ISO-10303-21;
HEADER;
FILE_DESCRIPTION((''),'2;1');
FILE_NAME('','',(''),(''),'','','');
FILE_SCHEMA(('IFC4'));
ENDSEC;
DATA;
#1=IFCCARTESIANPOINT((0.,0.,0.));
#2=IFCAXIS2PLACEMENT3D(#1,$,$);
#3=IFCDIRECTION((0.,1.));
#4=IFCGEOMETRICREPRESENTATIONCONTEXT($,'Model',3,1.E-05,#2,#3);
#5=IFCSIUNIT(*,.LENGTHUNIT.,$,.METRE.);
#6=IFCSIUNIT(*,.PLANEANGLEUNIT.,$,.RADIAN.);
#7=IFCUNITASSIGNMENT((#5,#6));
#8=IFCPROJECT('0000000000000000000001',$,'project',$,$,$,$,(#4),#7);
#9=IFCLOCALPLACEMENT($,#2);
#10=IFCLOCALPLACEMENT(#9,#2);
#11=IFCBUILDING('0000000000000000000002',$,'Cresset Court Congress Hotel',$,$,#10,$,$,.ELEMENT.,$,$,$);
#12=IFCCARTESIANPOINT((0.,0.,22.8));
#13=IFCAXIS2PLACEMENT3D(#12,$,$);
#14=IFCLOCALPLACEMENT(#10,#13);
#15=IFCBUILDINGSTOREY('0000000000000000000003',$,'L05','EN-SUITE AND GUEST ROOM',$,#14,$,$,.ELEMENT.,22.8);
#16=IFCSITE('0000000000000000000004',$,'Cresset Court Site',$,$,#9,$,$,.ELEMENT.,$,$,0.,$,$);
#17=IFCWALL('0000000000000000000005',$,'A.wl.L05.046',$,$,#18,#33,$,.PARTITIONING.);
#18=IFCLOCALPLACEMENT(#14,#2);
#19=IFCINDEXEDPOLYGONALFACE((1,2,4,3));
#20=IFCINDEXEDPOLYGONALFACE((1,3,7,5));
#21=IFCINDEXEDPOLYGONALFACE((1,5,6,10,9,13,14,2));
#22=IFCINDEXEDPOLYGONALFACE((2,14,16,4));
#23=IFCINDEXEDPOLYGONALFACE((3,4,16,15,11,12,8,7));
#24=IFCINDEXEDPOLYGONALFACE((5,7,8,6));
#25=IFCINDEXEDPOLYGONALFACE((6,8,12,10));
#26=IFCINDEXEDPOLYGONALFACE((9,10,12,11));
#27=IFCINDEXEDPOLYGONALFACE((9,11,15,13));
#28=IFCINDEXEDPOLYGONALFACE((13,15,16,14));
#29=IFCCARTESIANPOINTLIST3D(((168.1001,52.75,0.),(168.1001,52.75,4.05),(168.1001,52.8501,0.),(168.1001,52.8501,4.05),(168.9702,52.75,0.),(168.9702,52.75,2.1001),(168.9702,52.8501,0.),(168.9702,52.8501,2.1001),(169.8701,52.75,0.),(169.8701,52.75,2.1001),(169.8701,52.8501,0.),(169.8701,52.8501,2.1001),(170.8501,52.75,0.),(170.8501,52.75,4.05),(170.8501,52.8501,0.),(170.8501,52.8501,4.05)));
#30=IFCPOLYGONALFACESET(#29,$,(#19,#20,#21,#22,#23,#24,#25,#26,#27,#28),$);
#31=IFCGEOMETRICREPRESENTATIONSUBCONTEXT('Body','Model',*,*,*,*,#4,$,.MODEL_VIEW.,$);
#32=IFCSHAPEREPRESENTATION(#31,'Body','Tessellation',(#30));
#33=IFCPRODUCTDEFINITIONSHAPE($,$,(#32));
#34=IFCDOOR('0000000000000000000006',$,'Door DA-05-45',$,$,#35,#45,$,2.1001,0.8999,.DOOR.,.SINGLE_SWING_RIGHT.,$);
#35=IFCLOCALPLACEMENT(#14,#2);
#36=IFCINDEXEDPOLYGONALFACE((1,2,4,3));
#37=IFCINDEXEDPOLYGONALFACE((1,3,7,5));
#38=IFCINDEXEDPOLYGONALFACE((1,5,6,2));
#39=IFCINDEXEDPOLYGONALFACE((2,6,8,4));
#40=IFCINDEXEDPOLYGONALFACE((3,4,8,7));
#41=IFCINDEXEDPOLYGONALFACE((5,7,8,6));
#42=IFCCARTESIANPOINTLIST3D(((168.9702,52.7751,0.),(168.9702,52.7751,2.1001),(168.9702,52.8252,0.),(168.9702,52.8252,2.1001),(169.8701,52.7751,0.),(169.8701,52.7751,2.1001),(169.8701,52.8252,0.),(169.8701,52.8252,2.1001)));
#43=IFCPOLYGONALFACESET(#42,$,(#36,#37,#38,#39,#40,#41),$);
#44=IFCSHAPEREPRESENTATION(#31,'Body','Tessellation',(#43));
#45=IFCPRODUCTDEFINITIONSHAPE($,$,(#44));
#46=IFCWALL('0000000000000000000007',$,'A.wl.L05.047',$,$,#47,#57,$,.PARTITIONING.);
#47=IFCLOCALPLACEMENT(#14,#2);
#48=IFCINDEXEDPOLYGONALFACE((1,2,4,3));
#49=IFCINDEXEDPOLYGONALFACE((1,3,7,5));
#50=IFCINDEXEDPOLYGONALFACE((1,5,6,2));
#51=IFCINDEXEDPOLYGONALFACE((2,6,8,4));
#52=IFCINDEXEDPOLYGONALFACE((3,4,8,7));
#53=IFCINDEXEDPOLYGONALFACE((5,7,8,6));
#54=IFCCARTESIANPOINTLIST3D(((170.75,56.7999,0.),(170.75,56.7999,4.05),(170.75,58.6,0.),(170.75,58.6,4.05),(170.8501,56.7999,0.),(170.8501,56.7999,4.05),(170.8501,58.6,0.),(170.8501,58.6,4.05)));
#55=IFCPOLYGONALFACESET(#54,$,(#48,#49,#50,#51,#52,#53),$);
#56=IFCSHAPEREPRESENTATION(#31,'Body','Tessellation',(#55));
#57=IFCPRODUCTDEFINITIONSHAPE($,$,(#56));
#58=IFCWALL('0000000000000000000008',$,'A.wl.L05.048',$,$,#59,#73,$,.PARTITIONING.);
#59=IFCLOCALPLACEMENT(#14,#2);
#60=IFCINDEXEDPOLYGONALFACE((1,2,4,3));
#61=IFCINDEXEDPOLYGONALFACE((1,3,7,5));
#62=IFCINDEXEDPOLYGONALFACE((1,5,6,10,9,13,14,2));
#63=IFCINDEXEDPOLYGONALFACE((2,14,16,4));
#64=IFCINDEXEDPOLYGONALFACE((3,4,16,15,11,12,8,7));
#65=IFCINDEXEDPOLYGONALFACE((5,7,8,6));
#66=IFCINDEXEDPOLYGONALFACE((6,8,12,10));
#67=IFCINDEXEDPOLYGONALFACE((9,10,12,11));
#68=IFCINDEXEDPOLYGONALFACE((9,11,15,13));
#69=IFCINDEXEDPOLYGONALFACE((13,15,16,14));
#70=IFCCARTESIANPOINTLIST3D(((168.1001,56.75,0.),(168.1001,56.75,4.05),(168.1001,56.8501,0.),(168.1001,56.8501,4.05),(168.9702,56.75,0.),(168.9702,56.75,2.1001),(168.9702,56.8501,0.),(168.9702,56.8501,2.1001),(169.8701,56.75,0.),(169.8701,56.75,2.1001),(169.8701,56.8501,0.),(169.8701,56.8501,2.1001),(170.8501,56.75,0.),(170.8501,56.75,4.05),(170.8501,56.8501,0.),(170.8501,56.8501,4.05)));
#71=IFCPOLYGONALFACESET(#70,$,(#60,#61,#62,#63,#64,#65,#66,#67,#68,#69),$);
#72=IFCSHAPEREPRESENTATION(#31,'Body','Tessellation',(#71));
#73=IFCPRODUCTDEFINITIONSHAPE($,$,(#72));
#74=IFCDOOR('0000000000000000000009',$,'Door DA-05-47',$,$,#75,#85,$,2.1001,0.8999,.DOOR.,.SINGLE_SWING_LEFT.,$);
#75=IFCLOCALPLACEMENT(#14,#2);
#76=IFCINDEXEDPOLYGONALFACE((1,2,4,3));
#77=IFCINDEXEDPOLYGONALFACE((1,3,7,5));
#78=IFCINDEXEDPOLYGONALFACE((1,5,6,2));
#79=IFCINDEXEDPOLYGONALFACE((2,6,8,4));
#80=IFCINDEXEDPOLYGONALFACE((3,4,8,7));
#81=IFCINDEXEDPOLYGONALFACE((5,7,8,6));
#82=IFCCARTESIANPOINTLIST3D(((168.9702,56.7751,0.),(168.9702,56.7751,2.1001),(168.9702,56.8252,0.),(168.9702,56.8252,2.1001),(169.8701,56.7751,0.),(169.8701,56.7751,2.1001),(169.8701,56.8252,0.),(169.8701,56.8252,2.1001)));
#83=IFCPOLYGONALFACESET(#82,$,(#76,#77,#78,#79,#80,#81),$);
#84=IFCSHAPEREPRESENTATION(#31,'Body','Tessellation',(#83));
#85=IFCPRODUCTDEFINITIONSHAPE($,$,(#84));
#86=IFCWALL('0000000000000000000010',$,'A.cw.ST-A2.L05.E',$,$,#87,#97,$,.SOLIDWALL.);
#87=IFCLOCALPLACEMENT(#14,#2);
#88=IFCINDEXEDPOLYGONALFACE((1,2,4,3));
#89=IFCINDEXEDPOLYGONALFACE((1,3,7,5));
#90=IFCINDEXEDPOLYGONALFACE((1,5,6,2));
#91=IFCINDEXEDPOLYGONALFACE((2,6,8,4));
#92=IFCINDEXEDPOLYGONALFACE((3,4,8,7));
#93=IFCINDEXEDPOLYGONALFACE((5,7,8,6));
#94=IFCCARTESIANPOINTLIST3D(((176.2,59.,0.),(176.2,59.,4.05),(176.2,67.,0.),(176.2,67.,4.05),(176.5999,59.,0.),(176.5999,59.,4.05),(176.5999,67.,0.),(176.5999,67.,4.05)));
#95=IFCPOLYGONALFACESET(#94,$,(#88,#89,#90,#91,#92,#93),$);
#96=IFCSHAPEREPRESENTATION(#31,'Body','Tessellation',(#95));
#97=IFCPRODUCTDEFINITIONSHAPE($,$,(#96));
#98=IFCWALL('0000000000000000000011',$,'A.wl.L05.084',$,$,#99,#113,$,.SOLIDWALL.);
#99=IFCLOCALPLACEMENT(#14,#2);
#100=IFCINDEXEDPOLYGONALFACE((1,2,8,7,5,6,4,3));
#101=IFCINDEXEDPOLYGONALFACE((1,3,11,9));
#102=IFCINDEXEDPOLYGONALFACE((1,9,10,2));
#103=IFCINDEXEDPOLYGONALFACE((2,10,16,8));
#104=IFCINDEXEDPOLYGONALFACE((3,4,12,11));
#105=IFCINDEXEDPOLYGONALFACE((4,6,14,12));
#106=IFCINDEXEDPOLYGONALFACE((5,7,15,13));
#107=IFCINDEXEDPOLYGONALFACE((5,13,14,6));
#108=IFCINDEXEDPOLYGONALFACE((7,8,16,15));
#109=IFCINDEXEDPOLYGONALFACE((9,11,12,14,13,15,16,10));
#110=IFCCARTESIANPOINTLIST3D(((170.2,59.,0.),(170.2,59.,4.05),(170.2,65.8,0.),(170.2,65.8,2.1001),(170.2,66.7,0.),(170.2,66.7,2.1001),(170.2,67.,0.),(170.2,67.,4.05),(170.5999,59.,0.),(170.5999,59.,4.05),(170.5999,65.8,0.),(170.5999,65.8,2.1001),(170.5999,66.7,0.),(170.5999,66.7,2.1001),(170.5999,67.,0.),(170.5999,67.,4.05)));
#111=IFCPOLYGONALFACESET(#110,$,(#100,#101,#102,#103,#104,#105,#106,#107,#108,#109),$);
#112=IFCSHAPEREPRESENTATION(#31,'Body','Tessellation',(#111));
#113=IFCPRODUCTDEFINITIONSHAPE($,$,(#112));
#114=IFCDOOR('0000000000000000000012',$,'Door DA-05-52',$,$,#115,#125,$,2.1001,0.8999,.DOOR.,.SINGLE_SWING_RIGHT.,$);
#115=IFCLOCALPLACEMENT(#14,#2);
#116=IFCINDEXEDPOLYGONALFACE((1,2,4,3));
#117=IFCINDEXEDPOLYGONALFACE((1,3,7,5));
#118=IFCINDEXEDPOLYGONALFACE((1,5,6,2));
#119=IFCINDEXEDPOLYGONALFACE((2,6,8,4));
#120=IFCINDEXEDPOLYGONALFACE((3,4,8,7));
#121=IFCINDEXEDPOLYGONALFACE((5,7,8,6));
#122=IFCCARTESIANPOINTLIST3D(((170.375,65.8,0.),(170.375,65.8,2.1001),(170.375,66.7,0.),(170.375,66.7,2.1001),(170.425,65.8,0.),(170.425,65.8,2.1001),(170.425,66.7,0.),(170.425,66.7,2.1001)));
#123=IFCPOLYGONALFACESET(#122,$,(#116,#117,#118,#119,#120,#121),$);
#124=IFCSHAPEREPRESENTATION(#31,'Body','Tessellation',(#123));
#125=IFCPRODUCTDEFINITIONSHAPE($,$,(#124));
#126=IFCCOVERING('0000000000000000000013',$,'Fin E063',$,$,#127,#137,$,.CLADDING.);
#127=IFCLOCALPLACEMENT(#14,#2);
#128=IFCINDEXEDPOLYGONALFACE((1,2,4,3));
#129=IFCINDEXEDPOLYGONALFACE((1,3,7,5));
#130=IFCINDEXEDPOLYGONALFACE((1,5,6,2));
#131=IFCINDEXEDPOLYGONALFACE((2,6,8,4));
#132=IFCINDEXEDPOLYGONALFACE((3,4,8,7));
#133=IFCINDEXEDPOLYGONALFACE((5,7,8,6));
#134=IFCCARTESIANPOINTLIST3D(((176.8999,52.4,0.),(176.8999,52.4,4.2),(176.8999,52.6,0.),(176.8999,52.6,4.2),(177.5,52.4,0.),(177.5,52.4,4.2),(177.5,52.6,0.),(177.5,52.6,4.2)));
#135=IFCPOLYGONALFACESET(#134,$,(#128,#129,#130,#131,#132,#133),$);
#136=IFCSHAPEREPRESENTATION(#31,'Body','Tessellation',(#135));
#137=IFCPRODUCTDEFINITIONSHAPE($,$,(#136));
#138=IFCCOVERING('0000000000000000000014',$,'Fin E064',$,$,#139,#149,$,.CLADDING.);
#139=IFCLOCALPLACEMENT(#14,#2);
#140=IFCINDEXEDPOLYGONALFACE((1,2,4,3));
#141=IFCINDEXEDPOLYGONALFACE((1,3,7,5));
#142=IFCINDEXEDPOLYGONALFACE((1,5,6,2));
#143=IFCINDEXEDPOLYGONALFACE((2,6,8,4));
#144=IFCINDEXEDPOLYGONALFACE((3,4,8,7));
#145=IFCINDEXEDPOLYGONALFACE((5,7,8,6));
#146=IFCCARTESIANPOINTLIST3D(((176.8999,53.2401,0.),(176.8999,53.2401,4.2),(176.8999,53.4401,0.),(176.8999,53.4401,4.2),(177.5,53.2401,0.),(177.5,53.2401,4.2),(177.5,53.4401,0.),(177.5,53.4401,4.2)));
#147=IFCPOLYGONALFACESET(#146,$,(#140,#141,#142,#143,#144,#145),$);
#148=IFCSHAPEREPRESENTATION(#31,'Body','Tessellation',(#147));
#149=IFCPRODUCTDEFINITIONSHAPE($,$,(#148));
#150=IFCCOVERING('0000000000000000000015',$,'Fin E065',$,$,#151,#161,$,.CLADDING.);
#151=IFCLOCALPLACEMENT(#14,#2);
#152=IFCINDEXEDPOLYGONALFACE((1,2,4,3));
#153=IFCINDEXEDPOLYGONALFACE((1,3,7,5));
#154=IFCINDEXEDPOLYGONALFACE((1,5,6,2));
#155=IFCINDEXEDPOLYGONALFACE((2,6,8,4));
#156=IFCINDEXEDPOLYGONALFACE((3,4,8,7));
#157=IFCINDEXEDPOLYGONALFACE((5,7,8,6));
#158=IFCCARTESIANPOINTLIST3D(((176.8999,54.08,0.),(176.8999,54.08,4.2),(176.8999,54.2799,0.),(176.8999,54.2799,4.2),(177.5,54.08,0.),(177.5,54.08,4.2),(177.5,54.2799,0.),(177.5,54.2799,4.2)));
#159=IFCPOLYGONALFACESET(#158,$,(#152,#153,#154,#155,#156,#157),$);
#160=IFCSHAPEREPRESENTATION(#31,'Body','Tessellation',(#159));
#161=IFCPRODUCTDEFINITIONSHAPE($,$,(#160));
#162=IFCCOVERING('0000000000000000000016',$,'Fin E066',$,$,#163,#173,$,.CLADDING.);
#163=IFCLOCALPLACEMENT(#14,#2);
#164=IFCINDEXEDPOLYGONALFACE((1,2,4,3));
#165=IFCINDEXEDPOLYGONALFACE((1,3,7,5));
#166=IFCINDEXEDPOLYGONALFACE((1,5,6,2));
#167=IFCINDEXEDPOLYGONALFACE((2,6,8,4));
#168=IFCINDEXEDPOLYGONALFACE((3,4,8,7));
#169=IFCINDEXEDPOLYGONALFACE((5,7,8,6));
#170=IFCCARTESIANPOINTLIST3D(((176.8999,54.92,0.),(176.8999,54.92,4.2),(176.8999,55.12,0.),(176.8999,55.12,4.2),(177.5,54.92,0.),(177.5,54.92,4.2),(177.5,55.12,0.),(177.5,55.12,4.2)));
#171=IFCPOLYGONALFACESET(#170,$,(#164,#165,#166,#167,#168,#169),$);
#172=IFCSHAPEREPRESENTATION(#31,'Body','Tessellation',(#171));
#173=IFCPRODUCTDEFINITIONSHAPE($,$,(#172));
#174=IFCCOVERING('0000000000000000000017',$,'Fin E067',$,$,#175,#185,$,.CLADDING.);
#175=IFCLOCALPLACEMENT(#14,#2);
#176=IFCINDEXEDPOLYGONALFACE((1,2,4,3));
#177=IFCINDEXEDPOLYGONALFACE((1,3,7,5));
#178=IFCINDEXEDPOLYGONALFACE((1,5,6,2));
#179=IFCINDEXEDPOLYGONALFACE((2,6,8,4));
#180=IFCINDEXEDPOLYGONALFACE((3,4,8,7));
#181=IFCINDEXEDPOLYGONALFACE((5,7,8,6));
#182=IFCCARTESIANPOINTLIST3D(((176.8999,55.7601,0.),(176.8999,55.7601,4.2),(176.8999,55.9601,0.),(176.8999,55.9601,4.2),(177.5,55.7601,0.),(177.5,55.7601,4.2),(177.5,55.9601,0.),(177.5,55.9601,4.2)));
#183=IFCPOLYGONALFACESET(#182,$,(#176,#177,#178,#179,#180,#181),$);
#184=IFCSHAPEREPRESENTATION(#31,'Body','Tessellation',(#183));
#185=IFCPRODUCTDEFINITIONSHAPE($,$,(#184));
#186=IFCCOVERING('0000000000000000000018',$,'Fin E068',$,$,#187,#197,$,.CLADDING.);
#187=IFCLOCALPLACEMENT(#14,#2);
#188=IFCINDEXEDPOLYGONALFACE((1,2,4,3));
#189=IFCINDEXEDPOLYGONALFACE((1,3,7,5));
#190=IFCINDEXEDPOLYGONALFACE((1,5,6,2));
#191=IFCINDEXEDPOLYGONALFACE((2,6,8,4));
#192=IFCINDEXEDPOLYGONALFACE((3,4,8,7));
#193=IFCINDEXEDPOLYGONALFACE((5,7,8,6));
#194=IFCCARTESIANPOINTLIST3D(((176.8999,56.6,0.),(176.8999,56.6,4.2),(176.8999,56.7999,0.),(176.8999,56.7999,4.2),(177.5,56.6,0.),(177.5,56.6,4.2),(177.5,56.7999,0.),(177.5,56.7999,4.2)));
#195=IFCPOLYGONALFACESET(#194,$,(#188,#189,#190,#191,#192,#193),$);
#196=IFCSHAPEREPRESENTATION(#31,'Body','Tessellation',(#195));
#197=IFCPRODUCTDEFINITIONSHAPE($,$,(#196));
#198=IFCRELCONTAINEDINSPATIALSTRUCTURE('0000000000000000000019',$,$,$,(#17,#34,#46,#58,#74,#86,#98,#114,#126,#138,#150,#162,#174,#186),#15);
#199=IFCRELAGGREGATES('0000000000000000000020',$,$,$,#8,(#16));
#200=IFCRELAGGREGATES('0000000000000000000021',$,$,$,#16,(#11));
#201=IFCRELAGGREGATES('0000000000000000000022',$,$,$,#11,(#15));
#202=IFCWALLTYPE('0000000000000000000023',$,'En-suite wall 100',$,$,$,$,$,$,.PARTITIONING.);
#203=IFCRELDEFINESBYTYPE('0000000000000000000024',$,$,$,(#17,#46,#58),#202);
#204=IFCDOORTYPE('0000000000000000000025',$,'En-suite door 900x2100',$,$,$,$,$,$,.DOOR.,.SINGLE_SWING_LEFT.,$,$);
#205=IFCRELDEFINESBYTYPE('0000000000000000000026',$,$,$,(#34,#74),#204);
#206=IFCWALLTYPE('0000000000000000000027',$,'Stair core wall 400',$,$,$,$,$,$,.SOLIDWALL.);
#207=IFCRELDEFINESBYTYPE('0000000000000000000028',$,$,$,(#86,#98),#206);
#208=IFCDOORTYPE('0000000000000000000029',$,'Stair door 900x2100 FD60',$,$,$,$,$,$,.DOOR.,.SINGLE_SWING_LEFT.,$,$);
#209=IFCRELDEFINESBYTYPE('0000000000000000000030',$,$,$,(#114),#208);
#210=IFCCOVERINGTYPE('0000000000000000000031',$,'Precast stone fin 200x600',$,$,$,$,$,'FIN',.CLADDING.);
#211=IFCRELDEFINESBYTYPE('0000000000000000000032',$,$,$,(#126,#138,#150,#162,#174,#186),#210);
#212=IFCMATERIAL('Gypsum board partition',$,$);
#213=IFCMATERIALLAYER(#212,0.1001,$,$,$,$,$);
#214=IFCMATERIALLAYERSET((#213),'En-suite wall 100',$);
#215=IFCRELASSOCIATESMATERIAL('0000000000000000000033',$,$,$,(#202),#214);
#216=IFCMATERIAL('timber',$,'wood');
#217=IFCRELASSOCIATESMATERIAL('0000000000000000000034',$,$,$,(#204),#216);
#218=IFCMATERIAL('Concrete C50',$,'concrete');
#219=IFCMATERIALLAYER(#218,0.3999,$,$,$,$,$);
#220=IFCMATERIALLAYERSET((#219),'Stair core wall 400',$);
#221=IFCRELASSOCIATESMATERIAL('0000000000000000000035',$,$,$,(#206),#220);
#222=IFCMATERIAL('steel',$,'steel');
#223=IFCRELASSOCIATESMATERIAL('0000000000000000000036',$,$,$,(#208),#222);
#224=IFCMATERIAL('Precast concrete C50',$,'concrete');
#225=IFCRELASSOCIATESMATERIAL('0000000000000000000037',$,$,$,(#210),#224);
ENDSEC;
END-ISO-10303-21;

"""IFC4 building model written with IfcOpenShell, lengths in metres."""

from ifc_helpers import new_model, si_unit, direction, frame, frame_2d, origin, origin_2d, place, context, subcontext, project, spatial, rectangle, extrude, material, layer, layer_set, type_object, element, fill, save


model = new_model("IFC4")

# Units and contexts
model_context = context("Model", 3, precision=1e-05, world=origin(), true_north=direction((0.0, 1.0)))
body_context = subcontext(model_context, "Body", "Model", "MODEL_VIEW")
ifc_project = project(units=[si_unit("LENGTHUNIT", "METRE"), si_unit("PLANEANGLEUNIT", "RADIAN")], contexts=[model_context])

# Site, building, storey
site_placement = place(None, origin())
site = spatial("IfcSite", under=ifc_project, at=site_placement, Name="Cresset Court Site", CompositionType="ELEMENT", RefElevation=0.0)
building_placement = place(site_placement, origin())
building = spatial("IfcBuilding", under=site, at=building_placement, Name="Cresset Court Congress Hotel", CompositionType="ELEMENT")
storey_placement = place(building_placement, frame((0.0, 0.0, 22.8)))
storey = spatial("IfcBuildingStorey", under=building, at=storey_placement, Name="L05", Description="EN-SUITE AND GUEST ROOM", CompositionType="ELEMENT", Elevation=22.8)

# Wall, opening, door
ifc_material_1 = material(Name="Gypsum board partition")
ifc_layer_1 = layer(ifc_material_1, 0.1001)
ifc_layer_set_1 = layer_set([ifc_layer_1], Name="En-suite wall 100")
wall_type_1 = type_object("IfcWallType", Name="En-suite wall 100", PredefinedType="PARTITIONING", material=ifc_layer_set_1)
wall_1_placement = place(storey_placement, frame((170.8501, 52.8, 0.0), z_axis=(0.0, 0.0, 1.0), x_axis=(-1.0, 0.0, 0.0)))
wall_1 = element("IfcWall", 1, at=wall_1_placement, inside=storey, type_object=wall_type_1, Name="A.wl.L05.046", PredefinedType="PARTITIONING", context=body_context, shape_type="SweptSolid", body=[
    extrude(rectangle(XDim=2.75, YDim=0.1001, at=frame_2d((1.375, 0.0))), origin(), (0.0, 0.0, 1.0), 4.05),
])
opening_1_placement = place(wall_1_placement, frame((0.98, 0.0, 0.0)))
opening_1 = element("IfcOpeningElement", 2, at=opening_1_placement, cuts=wall_1, PredefinedType="OPENING", context=body_context, shape_type="SweptSolid", body=[
    extrude(rectangle(XDim=0.8999, YDim=2.1001, at=frame_2d((0.45, 1.05))), frame((0.0, 0.0601, 0.0), z_axis=(0.0, -1.0, 0.0), x_axis=(1.0, 0.0, 0.0)), (0.0, 0.0, 1.0), 0.1201),
])
ifc_material_2 = material(Name="timber", Category="wood")
door_type_1 = type_object("IfcDoorType", Name="En-suite door 900x2100", OperationType="SINGLE_SWING_LEFT", PredefinedType="DOOR", material=ifc_material_2)
door_1_placement = place(opening_1_placement, origin())
door_1 = element("IfcDoor", 3, at=door_1_placement, inside=storey, type_object=door_type_1, Name="Door DA-05-45", OperationType="SINGLE_SWING_RIGHT", OverallHeight=2.1001, OverallWidth=0.8999, PredefinedType="DOOR", context=body_context, shape_type="SweptSolid", body=[
    extrude(rectangle(XDim=0.8999, YDim=2.1001, at=frame_2d((0.45, 1.05))), frame((0.0, 0.0249, 0.0), z_axis=(0.0, -1.0, 0.0), x_axis=(1.0, 0.0, 0.0)), (0.0, 0.0, 1.0), 0.05),
])
fill(opening_1, door_1)

# Wall
wall_2_placement = place(storey_placement, frame((170.8, 56.8, 0.0), z_axis=(0.0, 0.0, 1.0), x_axis=(0.0, 1.0, 0.0)))
element("IfcWall", 4, at=wall_2_placement, inside=storey, type_object=wall_type_1, Name="A.wl.L05.047", PredefinedType="PARTITIONING", context=body_context, shape_type="SweptSolid", body=[
    extrude(rectangle(XDim=1.8, YDim=0.1001, at=frame_2d((0.8999, 0.0))), origin(), (0.0, 0.0, 1.0), 4.05),
])

# Wall, opening, door
wall_3_placement = place(storey_placement, frame((170.8501, 56.8, 0.0), z_axis=(0.0, 0.0, 1.0), x_axis=(-1.0, 0.0, 0.0)))
wall_3 = element("IfcWall", 5, at=wall_3_placement, inside=storey, type_object=wall_type_1, Name="A.wl.L05.048", PredefinedType="PARTITIONING", context=body_context, shape_type="SweptSolid", body=[
    extrude(rectangle(XDim=2.75, YDim=0.1001, at=frame_2d((1.375, 0.0))), origin(), (0.0, 0.0, 1.0), 4.05),
])
opening_2_placement = place(wall_3_placement, frame((0.98, 0.0, 0.0)))
opening_2 = element("IfcOpeningElement", 6, at=opening_2_placement, cuts=wall_3, PredefinedType="OPENING", context=body_context, shape_type="SweptSolid", body=[
    extrude(rectangle(XDim=0.8999, YDim=2.1001, at=frame_2d((0.45, 1.05))), frame((0.0, 0.0601, 0.0), z_axis=(0.0, -1.0, 0.0), x_axis=(1.0, 0.0, 0.0)), (0.0, 0.0, 1.0), 0.1201),
])
door_2_placement = place(opening_2_placement, origin())
door_2 = element("IfcDoor", 7, at=door_2_placement, inside=storey, type_object=door_type_1, Name="Door DA-05-47", OperationType="SINGLE_SWING_LEFT", OverallHeight=2.1001, OverallWidth=0.8999, PredefinedType="DOOR", context=body_context, shape_type="SweptSolid", body=[
    extrude(rectangle(XDim=0.8999, YDim=2.1001, at=frame_2d((0.45, 1.05))), frame((0.0, 0.0249, 0.0), z_axis=(0.0, -1.0, 0.0), x_axis=(1.0, 0.0, 0.0)), (0.0, 0.0, 1.0), 0.05),
])
fill(opening_2, door_2)

# Wall
ifc_material_3 = material(Name="Concrete C50", Category="concrete")
ifc_layer_2 = layer(ifc_material_3, 0.3999)
ifc_layer_set_2 = layer_set([ifc_layer_2], Name="Stair core wall 400")
wall_type_2 = type_object("IfcWallType", Name="Stair core wall 400", PredefinedType="SOLIDWALL", material=ifc_layer_set_2)
wall_4_placement = place(storey_placement, frame((176.3999, 59.0, 0.0), z_axis=(0.0, 0.0, 1.0), x_axis=(0.0, 1.0, 0.0)))
element("IfcWall", 8, at=wall_4_placement, inside=storey, type_object=wall_type_2, Name="A.cw.ST-A2.L05.E", PredefinedType="SOLIDWALL", context=body_context, shape_type="SweptSolid", body=[
    extrude(rectangle(XDim=8.0, YDim=0.3999, at=frame_2d((4.0, 0.0))), origin(), (0.0, 0.0, 1.0), 4.05),
])

# Wall, opening, door
wall_5_placement = place(storey_placement, frame((170.3999, 59.0, 0.0), z_axis=(0.0, 0.0, 1.0), x_axis=(0.0, 1.0, 0.0)))
wall_5 = element("IfcWall", 9, at=wall_5_placement, inside=storey, type_object=wall_type_2, Name="A.wl.L05.084", PredefinedType="SOLIDWALL", context=body_context, shape_type="SweptSolid", body=[
    extrude(rectangle(XDim=8.0, YDim=0.3999, at=frame_2d((4.0, 0.0))), origin(), (0.0, 0.0, 1.0), 4.05),
])
opening_3_placement = place(wall_5_placement, frame((6.8, 0.0, 0.0)))
opening_3 = element("IfcOpeningElement", 10, at=opening_3_placement, cuts=wall_5, PredefinedType="OPENING", context=body_context, shape_type="SweptSolid", body=[
    extrude(rectangle(XDim=0.8999, YDim=2.1001, at=frame_2d((0.45, 1.05))), frame((0.0, 0.21, 0.0), z_axis=(0.0, -1.0, 0.0), x_axis=(1.0, 0.0, 0.0)), (0.0, 0.0, 1.0), 0.4199),
])
ifc_material_4 = material(Name="steel", Category="steel")
door_type_2 = type_object("IfcDoorType", Name="Stair door 900x2100 FD60", OperationType="SINGLE_SWING_LEFT", PredefinedType="DOOR", material=ifc_material_4)
door_3_placement = place(opening_3_placement, origin())
door_3 = element("IfcDoor", 11, at=door_3_placement, inside=storey, type_object=door_type_2, Name="Door DA-05-52", OperationType="SINGLE_SWING_RIGHT", OverallHeight=2.1001, OverallWidth=0.8999, PredefinedType="DOOR", context=body_context, shape_type="SweptSolid", body=[
    extrude(rectangle(XDim=0.8999, YDim=2.1001, at=frame_2d((0.45, 1.05))), frame((0.0, 0.0249, 0.0), z_axis=(0.0, -1.0, 0.0), x_axis=(1.0, 0.0, 0.0)), (0.0, 0.0, 1.0), 0.05),
])
fill(opening_3, door_3)

# Coverings
ifc_material_5 = material(Name="Precast concrete C50", Category="concrete")
covering_type_1 = type_object("IfcCoveringType", Name="Precast stone fin 200x600", ElementType="FIN", PredefinedType="CLADDING", material=ifc_material_5)
for number, where, z_axis, x_axis, name in (
    (12, (177.2, 52.5, 0.0), (0.0, 0.0, 1.0), (1.0, 0.0, 0.0), "Fin E063"),
    (13, (177.2, 53.3401, 0.0), (0.0, 0.0, 1.0), (1.0, 0.0, 0.0), "Fin E064"),
    (14, (177.2, 54.1799, 0.0), (0.0, 0.0, 1.0), (1.0, 0.0, 0.0), "Fin E065"),
    (15, (177.2, 55.02, 0.0), (0.0, 0.0, 1.0), (1.0, 0.0, 0.0), "Fin E066"),
    (16, (177.2, 55.8601, 0.0), (0.0, 0.0, 1.0), (1.0, 0.0, 0.0), "Fin E067"),
    (17, (177.2, 56.7, 0.0), (0.0, 0.0, 1.0), (1.0, 0.0, 0.0), "Fin E068"),
):
    element("IfcCovering", number, at=place(storey_placement, frame(where, z_axis=z_axis, x_axis=x_axis)), inside=storey, type_object=covering_type_1, Name=name, PredefinedType="CLADDING", context=body_context, shape_type="SweptSolid", body=[
        extrude(rectangle(XDim=0.6001, YDim=0.2, at=origin_2d()), origin(), (0.0, 0.0, 1.0), 4.2),
    ])

save(model, "model.ifc")
